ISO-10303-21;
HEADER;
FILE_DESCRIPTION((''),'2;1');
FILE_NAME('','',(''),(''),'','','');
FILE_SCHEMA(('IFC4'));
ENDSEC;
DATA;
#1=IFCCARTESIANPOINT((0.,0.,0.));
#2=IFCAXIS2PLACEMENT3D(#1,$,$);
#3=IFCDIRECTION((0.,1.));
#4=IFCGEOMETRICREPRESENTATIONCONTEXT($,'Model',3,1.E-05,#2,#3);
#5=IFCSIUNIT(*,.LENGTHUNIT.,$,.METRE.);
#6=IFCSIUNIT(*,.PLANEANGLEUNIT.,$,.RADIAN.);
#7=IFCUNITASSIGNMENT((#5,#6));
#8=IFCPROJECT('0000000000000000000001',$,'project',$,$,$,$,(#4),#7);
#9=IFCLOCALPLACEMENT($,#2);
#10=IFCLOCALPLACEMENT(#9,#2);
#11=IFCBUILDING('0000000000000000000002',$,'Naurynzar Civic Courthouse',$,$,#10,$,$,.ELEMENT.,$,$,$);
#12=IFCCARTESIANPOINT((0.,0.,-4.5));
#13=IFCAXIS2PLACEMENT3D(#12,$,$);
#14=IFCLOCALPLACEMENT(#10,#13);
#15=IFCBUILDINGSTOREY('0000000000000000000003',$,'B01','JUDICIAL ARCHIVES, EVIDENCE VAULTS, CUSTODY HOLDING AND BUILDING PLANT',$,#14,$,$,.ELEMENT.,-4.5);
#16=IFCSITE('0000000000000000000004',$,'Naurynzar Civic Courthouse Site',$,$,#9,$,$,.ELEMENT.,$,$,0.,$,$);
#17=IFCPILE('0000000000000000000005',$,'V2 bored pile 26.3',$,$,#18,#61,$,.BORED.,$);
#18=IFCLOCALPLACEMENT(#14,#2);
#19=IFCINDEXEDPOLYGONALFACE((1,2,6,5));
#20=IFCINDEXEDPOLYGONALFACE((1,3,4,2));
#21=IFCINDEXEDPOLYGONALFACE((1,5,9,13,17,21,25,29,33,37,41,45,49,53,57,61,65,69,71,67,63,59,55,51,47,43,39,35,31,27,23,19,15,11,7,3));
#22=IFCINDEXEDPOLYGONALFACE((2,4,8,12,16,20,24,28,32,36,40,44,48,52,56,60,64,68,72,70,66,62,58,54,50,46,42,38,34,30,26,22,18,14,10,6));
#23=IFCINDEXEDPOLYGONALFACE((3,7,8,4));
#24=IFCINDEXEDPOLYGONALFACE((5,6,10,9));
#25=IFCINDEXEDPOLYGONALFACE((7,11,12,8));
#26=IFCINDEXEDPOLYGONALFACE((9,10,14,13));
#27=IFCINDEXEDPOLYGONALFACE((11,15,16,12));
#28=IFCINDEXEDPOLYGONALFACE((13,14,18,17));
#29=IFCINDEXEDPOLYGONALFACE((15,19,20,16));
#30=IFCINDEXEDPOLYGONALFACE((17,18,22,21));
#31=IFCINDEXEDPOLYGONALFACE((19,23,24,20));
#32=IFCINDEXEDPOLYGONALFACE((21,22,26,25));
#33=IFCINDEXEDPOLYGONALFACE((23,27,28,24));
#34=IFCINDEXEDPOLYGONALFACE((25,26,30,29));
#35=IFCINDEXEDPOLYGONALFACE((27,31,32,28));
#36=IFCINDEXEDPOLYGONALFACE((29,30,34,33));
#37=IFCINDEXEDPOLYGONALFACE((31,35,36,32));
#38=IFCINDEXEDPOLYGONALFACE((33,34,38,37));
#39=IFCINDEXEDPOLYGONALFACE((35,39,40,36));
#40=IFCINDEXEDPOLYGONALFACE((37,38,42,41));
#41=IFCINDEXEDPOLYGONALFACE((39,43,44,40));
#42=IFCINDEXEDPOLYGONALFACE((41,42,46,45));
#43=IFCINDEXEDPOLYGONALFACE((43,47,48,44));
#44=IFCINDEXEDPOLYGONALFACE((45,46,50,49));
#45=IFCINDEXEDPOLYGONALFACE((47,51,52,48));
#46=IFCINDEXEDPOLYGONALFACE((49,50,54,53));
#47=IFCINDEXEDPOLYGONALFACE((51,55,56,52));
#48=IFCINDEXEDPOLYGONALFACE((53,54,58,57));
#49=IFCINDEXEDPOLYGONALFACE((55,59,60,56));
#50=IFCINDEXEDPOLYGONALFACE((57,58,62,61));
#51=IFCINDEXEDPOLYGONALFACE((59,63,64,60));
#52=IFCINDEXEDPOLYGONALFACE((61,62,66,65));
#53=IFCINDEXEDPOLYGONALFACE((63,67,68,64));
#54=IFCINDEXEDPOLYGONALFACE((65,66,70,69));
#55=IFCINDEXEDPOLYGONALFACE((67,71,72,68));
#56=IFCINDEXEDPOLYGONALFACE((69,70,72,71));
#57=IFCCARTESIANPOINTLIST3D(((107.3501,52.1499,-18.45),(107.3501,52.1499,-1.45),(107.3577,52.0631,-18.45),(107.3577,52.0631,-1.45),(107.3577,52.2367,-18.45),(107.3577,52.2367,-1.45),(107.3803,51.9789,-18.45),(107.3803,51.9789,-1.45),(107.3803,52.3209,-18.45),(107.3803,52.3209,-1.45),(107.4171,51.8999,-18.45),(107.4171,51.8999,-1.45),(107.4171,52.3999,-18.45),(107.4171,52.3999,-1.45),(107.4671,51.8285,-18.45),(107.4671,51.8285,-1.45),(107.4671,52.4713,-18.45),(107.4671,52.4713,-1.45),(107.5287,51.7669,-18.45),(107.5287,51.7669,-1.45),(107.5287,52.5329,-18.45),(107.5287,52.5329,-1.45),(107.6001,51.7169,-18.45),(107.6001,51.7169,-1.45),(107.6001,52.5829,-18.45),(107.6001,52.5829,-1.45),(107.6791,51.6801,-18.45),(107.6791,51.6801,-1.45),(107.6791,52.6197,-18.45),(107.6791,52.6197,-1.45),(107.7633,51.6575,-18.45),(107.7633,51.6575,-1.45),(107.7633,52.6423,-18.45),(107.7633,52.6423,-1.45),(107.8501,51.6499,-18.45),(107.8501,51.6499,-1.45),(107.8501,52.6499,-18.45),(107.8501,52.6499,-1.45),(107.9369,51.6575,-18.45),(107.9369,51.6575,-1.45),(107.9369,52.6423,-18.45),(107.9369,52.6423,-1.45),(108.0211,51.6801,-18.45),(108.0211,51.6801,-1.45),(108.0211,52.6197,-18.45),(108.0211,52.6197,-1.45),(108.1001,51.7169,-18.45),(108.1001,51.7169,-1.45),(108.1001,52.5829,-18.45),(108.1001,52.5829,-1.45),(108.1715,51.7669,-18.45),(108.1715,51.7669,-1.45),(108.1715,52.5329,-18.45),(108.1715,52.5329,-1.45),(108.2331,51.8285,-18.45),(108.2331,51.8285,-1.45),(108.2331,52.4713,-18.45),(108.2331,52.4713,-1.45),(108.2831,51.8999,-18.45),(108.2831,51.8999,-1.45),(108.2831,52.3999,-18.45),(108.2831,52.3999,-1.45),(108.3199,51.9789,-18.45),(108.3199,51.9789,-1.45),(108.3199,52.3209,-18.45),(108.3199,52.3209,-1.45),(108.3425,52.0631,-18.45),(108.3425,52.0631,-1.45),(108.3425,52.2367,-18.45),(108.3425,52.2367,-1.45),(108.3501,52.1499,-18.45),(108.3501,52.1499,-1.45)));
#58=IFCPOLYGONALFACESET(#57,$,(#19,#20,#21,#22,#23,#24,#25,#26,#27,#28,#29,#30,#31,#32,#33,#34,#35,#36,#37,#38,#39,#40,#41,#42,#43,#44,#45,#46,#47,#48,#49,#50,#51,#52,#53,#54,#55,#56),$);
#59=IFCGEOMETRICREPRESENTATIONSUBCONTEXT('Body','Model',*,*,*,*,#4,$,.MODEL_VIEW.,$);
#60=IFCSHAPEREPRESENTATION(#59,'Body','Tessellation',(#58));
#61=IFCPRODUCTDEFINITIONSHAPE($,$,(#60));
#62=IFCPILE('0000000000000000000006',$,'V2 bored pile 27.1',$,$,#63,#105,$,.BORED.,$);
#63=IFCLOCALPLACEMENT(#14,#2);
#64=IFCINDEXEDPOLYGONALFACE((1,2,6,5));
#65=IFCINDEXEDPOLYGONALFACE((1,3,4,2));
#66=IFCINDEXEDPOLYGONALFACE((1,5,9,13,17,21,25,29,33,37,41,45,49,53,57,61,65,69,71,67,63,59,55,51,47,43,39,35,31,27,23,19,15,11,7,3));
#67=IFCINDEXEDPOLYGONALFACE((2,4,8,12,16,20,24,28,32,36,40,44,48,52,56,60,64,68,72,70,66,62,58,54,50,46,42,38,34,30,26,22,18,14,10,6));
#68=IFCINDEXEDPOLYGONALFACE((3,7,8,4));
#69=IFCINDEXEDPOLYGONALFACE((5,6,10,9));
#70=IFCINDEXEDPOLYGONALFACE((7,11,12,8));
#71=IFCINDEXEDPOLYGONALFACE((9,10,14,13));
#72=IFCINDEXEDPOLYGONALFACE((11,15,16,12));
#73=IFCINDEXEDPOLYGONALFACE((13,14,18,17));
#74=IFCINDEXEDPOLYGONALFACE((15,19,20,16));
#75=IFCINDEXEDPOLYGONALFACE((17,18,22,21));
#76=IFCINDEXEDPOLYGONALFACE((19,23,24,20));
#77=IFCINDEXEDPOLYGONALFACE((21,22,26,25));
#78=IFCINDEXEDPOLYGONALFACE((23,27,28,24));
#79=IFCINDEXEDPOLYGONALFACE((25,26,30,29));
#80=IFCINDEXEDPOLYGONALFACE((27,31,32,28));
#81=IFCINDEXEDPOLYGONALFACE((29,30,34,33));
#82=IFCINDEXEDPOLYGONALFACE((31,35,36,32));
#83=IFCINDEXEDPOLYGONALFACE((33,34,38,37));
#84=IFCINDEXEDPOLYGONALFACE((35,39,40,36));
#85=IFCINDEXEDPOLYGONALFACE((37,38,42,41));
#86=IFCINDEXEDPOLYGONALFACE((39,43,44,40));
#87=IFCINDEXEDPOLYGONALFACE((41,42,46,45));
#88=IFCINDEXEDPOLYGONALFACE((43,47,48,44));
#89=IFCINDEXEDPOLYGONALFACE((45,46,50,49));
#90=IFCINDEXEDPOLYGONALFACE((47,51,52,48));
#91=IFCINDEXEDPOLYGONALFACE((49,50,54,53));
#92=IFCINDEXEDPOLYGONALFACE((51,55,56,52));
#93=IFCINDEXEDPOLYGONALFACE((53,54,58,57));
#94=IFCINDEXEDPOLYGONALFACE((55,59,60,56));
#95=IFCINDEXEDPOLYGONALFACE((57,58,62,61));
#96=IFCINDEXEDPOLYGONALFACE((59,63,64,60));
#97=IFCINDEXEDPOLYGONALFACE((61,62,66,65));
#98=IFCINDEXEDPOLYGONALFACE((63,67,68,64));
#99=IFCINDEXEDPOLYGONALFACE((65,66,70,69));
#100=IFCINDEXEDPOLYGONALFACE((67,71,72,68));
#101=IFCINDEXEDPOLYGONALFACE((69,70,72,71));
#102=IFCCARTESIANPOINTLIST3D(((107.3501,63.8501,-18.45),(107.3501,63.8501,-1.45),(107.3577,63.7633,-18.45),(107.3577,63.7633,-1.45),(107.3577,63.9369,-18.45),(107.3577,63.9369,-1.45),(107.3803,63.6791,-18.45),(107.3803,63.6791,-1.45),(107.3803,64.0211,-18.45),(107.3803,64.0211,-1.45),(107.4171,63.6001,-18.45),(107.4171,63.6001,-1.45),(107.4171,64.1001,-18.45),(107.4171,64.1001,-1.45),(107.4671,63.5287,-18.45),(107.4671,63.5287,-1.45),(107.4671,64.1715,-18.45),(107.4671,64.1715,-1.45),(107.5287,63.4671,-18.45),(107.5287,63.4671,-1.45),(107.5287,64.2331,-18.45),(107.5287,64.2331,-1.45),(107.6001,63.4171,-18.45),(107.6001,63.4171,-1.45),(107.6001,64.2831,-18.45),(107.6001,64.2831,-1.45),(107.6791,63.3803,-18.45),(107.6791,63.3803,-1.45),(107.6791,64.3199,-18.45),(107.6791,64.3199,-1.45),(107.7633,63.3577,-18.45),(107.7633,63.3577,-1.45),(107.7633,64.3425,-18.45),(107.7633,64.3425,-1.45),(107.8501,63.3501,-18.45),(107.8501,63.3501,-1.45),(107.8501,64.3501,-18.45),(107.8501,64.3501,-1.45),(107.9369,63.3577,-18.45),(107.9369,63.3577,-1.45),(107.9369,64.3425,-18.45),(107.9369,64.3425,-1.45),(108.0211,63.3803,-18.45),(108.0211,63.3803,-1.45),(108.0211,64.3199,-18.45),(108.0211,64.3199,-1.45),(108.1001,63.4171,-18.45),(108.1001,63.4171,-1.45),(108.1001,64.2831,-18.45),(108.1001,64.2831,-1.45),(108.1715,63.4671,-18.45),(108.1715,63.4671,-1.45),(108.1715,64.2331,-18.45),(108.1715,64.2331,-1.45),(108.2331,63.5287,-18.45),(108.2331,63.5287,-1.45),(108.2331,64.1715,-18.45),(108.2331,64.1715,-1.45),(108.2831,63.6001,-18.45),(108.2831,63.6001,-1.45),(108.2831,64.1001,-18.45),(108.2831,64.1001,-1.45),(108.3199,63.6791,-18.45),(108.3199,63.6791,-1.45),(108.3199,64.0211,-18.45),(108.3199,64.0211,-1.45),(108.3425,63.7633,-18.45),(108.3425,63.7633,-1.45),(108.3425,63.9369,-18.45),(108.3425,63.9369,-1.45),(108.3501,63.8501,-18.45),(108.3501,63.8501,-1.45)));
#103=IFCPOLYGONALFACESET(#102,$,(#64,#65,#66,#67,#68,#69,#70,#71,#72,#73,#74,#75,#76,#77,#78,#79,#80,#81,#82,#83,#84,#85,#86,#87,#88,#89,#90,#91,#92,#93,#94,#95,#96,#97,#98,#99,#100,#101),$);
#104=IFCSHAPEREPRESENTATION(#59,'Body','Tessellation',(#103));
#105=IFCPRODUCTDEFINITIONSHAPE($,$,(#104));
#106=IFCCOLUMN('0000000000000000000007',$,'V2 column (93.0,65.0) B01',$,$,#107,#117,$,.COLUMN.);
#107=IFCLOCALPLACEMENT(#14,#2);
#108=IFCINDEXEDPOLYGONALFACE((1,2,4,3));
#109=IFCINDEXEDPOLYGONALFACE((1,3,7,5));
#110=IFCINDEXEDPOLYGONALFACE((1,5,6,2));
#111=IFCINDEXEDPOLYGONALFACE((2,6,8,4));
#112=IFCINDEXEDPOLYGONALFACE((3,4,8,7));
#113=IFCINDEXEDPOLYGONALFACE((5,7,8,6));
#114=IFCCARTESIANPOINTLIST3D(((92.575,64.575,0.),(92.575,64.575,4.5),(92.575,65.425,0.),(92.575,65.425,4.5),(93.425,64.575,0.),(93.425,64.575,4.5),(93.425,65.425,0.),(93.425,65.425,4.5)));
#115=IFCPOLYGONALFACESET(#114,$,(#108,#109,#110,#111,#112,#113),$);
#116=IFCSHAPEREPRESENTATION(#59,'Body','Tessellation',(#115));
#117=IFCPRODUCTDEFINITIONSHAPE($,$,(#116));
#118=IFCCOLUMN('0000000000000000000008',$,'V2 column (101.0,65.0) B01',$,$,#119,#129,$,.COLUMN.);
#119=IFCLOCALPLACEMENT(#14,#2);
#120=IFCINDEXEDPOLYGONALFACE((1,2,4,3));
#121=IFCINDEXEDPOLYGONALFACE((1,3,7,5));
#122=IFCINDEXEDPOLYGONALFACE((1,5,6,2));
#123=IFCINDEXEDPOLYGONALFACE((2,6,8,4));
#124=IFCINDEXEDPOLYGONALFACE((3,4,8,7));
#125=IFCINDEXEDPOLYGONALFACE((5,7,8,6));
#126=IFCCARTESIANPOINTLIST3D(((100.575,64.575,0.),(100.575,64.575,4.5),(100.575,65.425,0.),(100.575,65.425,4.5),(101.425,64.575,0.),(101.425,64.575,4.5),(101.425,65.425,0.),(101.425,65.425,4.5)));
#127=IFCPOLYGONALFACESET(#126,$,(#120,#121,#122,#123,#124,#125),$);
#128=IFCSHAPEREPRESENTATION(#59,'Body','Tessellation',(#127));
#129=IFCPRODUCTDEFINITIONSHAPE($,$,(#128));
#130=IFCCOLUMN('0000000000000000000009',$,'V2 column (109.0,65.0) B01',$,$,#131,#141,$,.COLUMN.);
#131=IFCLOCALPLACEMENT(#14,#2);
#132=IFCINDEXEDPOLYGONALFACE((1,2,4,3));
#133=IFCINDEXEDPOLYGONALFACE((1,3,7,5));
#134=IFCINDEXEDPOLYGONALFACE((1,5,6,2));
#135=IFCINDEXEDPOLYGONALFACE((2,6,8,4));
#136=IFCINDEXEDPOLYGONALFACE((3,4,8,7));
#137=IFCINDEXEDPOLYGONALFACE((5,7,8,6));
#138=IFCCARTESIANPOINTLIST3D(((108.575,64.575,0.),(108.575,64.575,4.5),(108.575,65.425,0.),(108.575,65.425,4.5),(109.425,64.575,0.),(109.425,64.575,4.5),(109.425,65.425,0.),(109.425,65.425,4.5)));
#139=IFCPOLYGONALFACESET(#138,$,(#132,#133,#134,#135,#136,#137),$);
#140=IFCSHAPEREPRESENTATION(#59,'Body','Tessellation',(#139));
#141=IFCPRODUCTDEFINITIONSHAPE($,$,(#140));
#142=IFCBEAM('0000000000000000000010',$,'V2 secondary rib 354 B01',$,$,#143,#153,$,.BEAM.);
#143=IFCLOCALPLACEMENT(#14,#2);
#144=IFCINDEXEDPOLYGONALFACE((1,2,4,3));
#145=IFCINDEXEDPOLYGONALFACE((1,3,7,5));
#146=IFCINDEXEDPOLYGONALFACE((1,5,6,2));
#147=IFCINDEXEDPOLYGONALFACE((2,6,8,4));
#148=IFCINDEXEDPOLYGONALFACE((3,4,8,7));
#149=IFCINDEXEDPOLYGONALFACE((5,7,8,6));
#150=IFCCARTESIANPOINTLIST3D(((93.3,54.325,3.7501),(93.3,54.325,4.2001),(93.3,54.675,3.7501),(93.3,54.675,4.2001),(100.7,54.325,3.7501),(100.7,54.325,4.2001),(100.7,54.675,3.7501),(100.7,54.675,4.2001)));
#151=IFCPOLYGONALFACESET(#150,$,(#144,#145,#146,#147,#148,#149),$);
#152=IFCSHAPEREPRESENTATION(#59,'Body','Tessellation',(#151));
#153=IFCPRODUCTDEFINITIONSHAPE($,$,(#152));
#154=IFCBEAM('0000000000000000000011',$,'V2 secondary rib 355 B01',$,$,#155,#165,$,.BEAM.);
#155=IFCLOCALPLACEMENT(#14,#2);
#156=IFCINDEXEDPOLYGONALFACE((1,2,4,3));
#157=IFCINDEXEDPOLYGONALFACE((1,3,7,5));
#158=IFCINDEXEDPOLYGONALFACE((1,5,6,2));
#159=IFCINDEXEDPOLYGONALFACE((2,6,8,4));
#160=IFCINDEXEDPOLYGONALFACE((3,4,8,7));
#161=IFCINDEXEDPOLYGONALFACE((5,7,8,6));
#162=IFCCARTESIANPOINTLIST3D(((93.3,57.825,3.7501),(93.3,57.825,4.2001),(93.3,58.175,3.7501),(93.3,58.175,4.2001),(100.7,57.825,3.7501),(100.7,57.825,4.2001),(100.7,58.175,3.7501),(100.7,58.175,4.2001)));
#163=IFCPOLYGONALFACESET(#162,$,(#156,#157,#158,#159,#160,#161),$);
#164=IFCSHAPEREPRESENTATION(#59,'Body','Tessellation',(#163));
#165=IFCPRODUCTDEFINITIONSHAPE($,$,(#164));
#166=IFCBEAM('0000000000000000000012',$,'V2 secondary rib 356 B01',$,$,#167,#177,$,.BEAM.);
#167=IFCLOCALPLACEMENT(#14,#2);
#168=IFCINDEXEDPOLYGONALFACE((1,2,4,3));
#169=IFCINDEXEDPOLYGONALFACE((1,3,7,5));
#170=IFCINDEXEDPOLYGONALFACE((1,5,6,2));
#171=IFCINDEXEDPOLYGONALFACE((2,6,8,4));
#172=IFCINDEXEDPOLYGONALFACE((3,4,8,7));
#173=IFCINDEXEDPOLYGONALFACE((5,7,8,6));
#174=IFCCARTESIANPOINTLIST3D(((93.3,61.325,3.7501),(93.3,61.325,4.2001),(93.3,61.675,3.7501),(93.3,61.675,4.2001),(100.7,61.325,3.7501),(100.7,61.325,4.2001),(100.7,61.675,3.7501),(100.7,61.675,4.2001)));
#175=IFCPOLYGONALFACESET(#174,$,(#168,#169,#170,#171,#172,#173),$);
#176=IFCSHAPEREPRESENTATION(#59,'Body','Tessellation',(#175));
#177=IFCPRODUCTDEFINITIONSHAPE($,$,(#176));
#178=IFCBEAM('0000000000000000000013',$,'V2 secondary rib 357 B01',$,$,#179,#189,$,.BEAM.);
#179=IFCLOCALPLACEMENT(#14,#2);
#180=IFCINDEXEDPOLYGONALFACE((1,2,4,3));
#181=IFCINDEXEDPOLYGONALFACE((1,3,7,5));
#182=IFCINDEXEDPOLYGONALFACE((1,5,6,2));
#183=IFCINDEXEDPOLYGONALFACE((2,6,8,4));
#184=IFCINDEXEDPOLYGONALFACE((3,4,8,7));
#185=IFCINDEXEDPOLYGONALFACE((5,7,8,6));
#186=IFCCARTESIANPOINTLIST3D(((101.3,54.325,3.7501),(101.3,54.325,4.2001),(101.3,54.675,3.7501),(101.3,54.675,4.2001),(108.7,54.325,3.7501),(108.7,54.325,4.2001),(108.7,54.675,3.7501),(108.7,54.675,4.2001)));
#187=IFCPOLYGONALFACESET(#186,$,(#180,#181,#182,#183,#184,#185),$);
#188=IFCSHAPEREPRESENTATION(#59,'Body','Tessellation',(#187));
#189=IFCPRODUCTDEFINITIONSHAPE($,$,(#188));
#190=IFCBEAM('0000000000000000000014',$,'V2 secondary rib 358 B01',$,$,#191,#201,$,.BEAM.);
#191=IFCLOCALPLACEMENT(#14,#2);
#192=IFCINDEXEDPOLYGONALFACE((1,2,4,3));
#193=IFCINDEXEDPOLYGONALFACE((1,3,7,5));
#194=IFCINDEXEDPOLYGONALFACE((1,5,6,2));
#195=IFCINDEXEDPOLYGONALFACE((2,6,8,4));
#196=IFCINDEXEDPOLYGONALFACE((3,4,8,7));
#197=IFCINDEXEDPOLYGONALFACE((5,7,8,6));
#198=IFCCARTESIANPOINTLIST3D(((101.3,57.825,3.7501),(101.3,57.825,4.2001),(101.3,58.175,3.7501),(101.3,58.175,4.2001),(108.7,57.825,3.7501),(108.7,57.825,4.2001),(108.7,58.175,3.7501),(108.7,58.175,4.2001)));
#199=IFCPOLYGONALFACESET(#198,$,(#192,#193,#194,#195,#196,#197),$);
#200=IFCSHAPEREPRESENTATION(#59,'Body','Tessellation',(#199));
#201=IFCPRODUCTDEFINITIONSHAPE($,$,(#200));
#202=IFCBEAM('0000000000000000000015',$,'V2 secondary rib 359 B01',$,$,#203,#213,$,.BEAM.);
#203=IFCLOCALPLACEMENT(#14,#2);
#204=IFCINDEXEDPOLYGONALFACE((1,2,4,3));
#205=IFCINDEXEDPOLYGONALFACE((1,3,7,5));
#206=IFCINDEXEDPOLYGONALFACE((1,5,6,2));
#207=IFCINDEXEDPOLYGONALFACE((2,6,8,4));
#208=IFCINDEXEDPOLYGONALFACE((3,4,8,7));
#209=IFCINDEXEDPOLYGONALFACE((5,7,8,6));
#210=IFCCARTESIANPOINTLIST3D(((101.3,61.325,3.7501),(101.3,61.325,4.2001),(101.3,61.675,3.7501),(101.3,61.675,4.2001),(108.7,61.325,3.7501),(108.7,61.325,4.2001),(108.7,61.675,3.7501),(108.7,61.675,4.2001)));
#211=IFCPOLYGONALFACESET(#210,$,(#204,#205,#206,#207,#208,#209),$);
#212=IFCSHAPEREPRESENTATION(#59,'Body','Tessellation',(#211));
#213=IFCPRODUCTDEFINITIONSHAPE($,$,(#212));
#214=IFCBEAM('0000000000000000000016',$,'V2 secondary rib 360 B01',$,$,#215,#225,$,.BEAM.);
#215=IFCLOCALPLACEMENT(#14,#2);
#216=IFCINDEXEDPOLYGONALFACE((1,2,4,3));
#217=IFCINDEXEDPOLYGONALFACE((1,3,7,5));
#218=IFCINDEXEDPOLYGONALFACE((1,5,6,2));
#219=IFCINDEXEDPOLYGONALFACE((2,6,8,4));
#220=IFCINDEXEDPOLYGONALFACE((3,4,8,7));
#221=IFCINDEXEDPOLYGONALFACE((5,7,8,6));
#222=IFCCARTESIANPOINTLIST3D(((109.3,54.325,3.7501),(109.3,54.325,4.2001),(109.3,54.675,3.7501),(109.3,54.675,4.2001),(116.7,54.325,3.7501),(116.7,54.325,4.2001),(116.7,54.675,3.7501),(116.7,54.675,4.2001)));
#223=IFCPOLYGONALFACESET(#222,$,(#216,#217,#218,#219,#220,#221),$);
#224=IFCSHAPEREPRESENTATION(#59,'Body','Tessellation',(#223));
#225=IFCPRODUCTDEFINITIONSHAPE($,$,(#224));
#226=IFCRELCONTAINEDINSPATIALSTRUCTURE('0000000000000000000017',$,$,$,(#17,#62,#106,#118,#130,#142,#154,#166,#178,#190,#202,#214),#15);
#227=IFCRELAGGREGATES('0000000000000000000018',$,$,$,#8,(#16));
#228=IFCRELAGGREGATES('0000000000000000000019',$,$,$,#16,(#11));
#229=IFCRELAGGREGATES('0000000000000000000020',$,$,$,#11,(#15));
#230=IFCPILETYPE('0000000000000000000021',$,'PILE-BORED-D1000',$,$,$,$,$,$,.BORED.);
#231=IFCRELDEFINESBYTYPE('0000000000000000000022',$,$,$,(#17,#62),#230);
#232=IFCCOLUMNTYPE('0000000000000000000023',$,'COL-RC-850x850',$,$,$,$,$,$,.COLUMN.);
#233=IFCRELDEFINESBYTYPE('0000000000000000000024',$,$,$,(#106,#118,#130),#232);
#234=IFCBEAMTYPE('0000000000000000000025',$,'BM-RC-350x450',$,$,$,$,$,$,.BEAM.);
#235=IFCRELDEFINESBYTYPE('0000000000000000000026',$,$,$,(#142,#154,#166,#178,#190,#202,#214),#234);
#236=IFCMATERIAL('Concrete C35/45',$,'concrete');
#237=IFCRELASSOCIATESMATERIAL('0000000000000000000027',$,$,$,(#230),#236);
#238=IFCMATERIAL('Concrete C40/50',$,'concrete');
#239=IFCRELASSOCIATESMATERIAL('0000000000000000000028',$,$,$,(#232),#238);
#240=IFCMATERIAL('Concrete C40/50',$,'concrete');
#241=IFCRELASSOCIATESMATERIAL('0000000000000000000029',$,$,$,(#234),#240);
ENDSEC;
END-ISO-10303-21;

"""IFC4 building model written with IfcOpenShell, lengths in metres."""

from ifc_helpers import new_model, si_unit, direction, frame, origin, origin_2d, place, context, subcontext, project, spatial, rectangle, circle, extrude, material, material_profile, profile_set, type_object, element, save


model = new_model("IFC4")

# Units and contexts
model_context = context("Model", 3, precision=1e-05, world=origin(), true_north=direction((0.0, 1.0)))
body_context = subcontext(model_context, "Body", "Model", "MODEL_VIEW")
ifc_project = project(units=[si_unit("LENGTHUNIT", "METRE"), si_unit("PLANEANGLEUNIT", "RADIAN")], contexts=[model_context])

# Site, building, storey
site_placement = place(None, origin())
site = spatial("IfcSite", under=ifc_project, at=site_placement, Name="Naurynzar Civic Courthouse Site", CompositionType="ELEMENT", RefElevation=0.0)
building_placement = place(site_placement, origin())
building = spatial("IfcBuilding", under=site, at=building_placement, Name="Naurynzar Civic Courthouse", CompositionType="ELEMENT")
storey_placement = place(building_placement, frame((0.0, 0.0, -4.5)))
storey = spatial("IfcBuildingStorey", under=building, at=storey_placement, Name="B01", Description="JUDICIAL ARCHIVES, EVIDENCE VAULTS, CUSTODY HOLDING AND BUILDING PLANT", CompositionType="ELEMENT", Elevation=-4.5)

# Piles
ifc_material_1 = material(Name="Concrete C35/45", Category="concrete")
ifc_material_profile_1 = material_profile(ifc_material_1, circle(Radius=0.5, at=origin_2d()), Name="PILE D1000")
ifc_profile_set_1 = profile_set([ifc_material_profile_1], Name="Concrete C35/45")
pile_type = type_object("IfcPileType", Name="PILE-BORED-D1000", PredefinedType="BORED", material=ifc_profile_set_1)
for number, where, z_axis, x_axis, name in (
    (1, (107.8501, 52.1499, -1.45), (0.0, 0.0, -1.0), (1.0, 0.0, 0.0), "V2 bored pile 26.3"),
    (2, (107.8501, 63.8501, -1.45), (0.0, 0.0, -1.0), (1.0, 0.0, 0.0), "V2 bored pile 27.1"),
):
    element("IfcPile", number, at=place(storey_placement, frame(where, z_axis=z_axis, x_axis=x_axis)), inside=storey, type_object=pile_type, Name=name, PredefinedType="BORED", context=body_context, shape_type="SweptSolid", body=[
        extrude(circle(Radius=0.5, at=origin_2d()), origin(), (0.0, 0.0, 1.0), 17.0),
    ])

# Columns
ifc_material_2 = material(Name="Concrete C40/50", Category="concrete")
ifc_material_profile_2 = material_profile(ifc_material_2, rectangle(XDim=0.8501, YDim=0.8501, at=origin_2d()), Name="RC 850x850")
ifc_profile_set_2 = profile_set([ifc_material_profile_2], Name="Concrete C40/50")
column_type = type_object("IfcColumnType", Name="COL-RC-850x850", PredefinedType="COLUMN", material=ifc_profile_set_2)
for number, where, z_axis, x_axis, name in (
    (3, (93.0, 65.0, 0.0), (0.0, 0.0, 1.0), (1.0, 0.0, 0.0), "V2 column (93.0,65.0) B01"),
    (4, (101.0, 65.0, 0.0), (0.0, 0.0, 1.0), (1.0, 0.0, 0.0), "V2 column (101.0,65.0) B01"),
    (5, (109.0, 65.0, 0.0), (0.0, 0.0, 1.0), (1.0, 0.0, 0.0), "V2 column (109.0,65.0) B01"),
):
    element("IfcColumn", number, at=place(storey_placement, frame(where, z_axis=z_axis, x_axis=x_axis)), inside=storey, type_object=column_type, Name=name, PredefinedType="COLUMN", context=body_context, shape_type="SweptSolid", body=[
        extrude(rectangle(XDim=0.8501, YDim=0.8501, at=origin_2d()), origin(), (0.0, 0.0, 1.0), 4.5),
    ])

# Beams
ifc_material_3 = material(Name="Concrete C40/50", Category="concrete")
ifc_material_profile_3 = material_profile(ifc_material_3, rectangle(XDim=0.3501, YDim=0.45, at=origin_2d()), Name="RCB 350x450")
ifc_profile_set_3 = profile_set([ifc_material_profile_3], Name="Concrete C40/50")
beam_type_1 = type_object("IfcBeamType", Name="BM-RC-350x450", PredefinedType="BEAM", material=ifc_profile_set_3)
for number, where, z_axis, x_axis, name in (
    (6, (93.3, 54.5, 3.9751), (1.0, 0.0, 0.0), (0.0, 1.0, 0.0), "V2 secondary rib 354 B01"),
    (7, (93.3, 58.0, 3.9751), (1.0, 0.0, 0.0), (0.0, 1.0, 0.0), "V2 secondary rib 355 B01"),
    (8, (93.3, 61.5, 3.9751), (1.0, 0.0, 0.0), (0.0, 1.0, 0.0), "V2 secondary rib 356 B01"),
    (9, (101.3, 54.5, 3.9751), (1.0, 0.0, 0.0), (0.0, 1.0, 0.0), "V2 secondary rib 357 B01"),
    (10, (101.3, 58.0, 3.9751), (1.0, 0.0, 0.0), (0.0, 1.0, 0.0), "V2 secondary rib 358 B01"),
    (11, (101.3, 61.5, 3.9751), (1.0, 0.0, 0.0), (0.0, 1.0, 0.0), "V2 secondary rib 359 B01"),
    (12, (109.3, 54.5, 3.9751), (1.0, 0.0, 0.0), (0.0, 1.0, 0.0), "V2 secondary rib 360 B01"),
):
    element("IfcBeam", number, at=place(storey_placement, frame(where, z_axis=z_axis, x_axis=x_axis)), inside=storey, type_object=beam_type_1, Name=name, PredefinedType="BEAM", context=body_context, shape_type="SweptSolid", body=[
        extrude(rectangle(XDim=0.3501, YDim=0.45, at=origin_2d()), origin(), (0.0, 0.0, 1.0), 7.3999),
    ])

save(model, "model.ifc")
